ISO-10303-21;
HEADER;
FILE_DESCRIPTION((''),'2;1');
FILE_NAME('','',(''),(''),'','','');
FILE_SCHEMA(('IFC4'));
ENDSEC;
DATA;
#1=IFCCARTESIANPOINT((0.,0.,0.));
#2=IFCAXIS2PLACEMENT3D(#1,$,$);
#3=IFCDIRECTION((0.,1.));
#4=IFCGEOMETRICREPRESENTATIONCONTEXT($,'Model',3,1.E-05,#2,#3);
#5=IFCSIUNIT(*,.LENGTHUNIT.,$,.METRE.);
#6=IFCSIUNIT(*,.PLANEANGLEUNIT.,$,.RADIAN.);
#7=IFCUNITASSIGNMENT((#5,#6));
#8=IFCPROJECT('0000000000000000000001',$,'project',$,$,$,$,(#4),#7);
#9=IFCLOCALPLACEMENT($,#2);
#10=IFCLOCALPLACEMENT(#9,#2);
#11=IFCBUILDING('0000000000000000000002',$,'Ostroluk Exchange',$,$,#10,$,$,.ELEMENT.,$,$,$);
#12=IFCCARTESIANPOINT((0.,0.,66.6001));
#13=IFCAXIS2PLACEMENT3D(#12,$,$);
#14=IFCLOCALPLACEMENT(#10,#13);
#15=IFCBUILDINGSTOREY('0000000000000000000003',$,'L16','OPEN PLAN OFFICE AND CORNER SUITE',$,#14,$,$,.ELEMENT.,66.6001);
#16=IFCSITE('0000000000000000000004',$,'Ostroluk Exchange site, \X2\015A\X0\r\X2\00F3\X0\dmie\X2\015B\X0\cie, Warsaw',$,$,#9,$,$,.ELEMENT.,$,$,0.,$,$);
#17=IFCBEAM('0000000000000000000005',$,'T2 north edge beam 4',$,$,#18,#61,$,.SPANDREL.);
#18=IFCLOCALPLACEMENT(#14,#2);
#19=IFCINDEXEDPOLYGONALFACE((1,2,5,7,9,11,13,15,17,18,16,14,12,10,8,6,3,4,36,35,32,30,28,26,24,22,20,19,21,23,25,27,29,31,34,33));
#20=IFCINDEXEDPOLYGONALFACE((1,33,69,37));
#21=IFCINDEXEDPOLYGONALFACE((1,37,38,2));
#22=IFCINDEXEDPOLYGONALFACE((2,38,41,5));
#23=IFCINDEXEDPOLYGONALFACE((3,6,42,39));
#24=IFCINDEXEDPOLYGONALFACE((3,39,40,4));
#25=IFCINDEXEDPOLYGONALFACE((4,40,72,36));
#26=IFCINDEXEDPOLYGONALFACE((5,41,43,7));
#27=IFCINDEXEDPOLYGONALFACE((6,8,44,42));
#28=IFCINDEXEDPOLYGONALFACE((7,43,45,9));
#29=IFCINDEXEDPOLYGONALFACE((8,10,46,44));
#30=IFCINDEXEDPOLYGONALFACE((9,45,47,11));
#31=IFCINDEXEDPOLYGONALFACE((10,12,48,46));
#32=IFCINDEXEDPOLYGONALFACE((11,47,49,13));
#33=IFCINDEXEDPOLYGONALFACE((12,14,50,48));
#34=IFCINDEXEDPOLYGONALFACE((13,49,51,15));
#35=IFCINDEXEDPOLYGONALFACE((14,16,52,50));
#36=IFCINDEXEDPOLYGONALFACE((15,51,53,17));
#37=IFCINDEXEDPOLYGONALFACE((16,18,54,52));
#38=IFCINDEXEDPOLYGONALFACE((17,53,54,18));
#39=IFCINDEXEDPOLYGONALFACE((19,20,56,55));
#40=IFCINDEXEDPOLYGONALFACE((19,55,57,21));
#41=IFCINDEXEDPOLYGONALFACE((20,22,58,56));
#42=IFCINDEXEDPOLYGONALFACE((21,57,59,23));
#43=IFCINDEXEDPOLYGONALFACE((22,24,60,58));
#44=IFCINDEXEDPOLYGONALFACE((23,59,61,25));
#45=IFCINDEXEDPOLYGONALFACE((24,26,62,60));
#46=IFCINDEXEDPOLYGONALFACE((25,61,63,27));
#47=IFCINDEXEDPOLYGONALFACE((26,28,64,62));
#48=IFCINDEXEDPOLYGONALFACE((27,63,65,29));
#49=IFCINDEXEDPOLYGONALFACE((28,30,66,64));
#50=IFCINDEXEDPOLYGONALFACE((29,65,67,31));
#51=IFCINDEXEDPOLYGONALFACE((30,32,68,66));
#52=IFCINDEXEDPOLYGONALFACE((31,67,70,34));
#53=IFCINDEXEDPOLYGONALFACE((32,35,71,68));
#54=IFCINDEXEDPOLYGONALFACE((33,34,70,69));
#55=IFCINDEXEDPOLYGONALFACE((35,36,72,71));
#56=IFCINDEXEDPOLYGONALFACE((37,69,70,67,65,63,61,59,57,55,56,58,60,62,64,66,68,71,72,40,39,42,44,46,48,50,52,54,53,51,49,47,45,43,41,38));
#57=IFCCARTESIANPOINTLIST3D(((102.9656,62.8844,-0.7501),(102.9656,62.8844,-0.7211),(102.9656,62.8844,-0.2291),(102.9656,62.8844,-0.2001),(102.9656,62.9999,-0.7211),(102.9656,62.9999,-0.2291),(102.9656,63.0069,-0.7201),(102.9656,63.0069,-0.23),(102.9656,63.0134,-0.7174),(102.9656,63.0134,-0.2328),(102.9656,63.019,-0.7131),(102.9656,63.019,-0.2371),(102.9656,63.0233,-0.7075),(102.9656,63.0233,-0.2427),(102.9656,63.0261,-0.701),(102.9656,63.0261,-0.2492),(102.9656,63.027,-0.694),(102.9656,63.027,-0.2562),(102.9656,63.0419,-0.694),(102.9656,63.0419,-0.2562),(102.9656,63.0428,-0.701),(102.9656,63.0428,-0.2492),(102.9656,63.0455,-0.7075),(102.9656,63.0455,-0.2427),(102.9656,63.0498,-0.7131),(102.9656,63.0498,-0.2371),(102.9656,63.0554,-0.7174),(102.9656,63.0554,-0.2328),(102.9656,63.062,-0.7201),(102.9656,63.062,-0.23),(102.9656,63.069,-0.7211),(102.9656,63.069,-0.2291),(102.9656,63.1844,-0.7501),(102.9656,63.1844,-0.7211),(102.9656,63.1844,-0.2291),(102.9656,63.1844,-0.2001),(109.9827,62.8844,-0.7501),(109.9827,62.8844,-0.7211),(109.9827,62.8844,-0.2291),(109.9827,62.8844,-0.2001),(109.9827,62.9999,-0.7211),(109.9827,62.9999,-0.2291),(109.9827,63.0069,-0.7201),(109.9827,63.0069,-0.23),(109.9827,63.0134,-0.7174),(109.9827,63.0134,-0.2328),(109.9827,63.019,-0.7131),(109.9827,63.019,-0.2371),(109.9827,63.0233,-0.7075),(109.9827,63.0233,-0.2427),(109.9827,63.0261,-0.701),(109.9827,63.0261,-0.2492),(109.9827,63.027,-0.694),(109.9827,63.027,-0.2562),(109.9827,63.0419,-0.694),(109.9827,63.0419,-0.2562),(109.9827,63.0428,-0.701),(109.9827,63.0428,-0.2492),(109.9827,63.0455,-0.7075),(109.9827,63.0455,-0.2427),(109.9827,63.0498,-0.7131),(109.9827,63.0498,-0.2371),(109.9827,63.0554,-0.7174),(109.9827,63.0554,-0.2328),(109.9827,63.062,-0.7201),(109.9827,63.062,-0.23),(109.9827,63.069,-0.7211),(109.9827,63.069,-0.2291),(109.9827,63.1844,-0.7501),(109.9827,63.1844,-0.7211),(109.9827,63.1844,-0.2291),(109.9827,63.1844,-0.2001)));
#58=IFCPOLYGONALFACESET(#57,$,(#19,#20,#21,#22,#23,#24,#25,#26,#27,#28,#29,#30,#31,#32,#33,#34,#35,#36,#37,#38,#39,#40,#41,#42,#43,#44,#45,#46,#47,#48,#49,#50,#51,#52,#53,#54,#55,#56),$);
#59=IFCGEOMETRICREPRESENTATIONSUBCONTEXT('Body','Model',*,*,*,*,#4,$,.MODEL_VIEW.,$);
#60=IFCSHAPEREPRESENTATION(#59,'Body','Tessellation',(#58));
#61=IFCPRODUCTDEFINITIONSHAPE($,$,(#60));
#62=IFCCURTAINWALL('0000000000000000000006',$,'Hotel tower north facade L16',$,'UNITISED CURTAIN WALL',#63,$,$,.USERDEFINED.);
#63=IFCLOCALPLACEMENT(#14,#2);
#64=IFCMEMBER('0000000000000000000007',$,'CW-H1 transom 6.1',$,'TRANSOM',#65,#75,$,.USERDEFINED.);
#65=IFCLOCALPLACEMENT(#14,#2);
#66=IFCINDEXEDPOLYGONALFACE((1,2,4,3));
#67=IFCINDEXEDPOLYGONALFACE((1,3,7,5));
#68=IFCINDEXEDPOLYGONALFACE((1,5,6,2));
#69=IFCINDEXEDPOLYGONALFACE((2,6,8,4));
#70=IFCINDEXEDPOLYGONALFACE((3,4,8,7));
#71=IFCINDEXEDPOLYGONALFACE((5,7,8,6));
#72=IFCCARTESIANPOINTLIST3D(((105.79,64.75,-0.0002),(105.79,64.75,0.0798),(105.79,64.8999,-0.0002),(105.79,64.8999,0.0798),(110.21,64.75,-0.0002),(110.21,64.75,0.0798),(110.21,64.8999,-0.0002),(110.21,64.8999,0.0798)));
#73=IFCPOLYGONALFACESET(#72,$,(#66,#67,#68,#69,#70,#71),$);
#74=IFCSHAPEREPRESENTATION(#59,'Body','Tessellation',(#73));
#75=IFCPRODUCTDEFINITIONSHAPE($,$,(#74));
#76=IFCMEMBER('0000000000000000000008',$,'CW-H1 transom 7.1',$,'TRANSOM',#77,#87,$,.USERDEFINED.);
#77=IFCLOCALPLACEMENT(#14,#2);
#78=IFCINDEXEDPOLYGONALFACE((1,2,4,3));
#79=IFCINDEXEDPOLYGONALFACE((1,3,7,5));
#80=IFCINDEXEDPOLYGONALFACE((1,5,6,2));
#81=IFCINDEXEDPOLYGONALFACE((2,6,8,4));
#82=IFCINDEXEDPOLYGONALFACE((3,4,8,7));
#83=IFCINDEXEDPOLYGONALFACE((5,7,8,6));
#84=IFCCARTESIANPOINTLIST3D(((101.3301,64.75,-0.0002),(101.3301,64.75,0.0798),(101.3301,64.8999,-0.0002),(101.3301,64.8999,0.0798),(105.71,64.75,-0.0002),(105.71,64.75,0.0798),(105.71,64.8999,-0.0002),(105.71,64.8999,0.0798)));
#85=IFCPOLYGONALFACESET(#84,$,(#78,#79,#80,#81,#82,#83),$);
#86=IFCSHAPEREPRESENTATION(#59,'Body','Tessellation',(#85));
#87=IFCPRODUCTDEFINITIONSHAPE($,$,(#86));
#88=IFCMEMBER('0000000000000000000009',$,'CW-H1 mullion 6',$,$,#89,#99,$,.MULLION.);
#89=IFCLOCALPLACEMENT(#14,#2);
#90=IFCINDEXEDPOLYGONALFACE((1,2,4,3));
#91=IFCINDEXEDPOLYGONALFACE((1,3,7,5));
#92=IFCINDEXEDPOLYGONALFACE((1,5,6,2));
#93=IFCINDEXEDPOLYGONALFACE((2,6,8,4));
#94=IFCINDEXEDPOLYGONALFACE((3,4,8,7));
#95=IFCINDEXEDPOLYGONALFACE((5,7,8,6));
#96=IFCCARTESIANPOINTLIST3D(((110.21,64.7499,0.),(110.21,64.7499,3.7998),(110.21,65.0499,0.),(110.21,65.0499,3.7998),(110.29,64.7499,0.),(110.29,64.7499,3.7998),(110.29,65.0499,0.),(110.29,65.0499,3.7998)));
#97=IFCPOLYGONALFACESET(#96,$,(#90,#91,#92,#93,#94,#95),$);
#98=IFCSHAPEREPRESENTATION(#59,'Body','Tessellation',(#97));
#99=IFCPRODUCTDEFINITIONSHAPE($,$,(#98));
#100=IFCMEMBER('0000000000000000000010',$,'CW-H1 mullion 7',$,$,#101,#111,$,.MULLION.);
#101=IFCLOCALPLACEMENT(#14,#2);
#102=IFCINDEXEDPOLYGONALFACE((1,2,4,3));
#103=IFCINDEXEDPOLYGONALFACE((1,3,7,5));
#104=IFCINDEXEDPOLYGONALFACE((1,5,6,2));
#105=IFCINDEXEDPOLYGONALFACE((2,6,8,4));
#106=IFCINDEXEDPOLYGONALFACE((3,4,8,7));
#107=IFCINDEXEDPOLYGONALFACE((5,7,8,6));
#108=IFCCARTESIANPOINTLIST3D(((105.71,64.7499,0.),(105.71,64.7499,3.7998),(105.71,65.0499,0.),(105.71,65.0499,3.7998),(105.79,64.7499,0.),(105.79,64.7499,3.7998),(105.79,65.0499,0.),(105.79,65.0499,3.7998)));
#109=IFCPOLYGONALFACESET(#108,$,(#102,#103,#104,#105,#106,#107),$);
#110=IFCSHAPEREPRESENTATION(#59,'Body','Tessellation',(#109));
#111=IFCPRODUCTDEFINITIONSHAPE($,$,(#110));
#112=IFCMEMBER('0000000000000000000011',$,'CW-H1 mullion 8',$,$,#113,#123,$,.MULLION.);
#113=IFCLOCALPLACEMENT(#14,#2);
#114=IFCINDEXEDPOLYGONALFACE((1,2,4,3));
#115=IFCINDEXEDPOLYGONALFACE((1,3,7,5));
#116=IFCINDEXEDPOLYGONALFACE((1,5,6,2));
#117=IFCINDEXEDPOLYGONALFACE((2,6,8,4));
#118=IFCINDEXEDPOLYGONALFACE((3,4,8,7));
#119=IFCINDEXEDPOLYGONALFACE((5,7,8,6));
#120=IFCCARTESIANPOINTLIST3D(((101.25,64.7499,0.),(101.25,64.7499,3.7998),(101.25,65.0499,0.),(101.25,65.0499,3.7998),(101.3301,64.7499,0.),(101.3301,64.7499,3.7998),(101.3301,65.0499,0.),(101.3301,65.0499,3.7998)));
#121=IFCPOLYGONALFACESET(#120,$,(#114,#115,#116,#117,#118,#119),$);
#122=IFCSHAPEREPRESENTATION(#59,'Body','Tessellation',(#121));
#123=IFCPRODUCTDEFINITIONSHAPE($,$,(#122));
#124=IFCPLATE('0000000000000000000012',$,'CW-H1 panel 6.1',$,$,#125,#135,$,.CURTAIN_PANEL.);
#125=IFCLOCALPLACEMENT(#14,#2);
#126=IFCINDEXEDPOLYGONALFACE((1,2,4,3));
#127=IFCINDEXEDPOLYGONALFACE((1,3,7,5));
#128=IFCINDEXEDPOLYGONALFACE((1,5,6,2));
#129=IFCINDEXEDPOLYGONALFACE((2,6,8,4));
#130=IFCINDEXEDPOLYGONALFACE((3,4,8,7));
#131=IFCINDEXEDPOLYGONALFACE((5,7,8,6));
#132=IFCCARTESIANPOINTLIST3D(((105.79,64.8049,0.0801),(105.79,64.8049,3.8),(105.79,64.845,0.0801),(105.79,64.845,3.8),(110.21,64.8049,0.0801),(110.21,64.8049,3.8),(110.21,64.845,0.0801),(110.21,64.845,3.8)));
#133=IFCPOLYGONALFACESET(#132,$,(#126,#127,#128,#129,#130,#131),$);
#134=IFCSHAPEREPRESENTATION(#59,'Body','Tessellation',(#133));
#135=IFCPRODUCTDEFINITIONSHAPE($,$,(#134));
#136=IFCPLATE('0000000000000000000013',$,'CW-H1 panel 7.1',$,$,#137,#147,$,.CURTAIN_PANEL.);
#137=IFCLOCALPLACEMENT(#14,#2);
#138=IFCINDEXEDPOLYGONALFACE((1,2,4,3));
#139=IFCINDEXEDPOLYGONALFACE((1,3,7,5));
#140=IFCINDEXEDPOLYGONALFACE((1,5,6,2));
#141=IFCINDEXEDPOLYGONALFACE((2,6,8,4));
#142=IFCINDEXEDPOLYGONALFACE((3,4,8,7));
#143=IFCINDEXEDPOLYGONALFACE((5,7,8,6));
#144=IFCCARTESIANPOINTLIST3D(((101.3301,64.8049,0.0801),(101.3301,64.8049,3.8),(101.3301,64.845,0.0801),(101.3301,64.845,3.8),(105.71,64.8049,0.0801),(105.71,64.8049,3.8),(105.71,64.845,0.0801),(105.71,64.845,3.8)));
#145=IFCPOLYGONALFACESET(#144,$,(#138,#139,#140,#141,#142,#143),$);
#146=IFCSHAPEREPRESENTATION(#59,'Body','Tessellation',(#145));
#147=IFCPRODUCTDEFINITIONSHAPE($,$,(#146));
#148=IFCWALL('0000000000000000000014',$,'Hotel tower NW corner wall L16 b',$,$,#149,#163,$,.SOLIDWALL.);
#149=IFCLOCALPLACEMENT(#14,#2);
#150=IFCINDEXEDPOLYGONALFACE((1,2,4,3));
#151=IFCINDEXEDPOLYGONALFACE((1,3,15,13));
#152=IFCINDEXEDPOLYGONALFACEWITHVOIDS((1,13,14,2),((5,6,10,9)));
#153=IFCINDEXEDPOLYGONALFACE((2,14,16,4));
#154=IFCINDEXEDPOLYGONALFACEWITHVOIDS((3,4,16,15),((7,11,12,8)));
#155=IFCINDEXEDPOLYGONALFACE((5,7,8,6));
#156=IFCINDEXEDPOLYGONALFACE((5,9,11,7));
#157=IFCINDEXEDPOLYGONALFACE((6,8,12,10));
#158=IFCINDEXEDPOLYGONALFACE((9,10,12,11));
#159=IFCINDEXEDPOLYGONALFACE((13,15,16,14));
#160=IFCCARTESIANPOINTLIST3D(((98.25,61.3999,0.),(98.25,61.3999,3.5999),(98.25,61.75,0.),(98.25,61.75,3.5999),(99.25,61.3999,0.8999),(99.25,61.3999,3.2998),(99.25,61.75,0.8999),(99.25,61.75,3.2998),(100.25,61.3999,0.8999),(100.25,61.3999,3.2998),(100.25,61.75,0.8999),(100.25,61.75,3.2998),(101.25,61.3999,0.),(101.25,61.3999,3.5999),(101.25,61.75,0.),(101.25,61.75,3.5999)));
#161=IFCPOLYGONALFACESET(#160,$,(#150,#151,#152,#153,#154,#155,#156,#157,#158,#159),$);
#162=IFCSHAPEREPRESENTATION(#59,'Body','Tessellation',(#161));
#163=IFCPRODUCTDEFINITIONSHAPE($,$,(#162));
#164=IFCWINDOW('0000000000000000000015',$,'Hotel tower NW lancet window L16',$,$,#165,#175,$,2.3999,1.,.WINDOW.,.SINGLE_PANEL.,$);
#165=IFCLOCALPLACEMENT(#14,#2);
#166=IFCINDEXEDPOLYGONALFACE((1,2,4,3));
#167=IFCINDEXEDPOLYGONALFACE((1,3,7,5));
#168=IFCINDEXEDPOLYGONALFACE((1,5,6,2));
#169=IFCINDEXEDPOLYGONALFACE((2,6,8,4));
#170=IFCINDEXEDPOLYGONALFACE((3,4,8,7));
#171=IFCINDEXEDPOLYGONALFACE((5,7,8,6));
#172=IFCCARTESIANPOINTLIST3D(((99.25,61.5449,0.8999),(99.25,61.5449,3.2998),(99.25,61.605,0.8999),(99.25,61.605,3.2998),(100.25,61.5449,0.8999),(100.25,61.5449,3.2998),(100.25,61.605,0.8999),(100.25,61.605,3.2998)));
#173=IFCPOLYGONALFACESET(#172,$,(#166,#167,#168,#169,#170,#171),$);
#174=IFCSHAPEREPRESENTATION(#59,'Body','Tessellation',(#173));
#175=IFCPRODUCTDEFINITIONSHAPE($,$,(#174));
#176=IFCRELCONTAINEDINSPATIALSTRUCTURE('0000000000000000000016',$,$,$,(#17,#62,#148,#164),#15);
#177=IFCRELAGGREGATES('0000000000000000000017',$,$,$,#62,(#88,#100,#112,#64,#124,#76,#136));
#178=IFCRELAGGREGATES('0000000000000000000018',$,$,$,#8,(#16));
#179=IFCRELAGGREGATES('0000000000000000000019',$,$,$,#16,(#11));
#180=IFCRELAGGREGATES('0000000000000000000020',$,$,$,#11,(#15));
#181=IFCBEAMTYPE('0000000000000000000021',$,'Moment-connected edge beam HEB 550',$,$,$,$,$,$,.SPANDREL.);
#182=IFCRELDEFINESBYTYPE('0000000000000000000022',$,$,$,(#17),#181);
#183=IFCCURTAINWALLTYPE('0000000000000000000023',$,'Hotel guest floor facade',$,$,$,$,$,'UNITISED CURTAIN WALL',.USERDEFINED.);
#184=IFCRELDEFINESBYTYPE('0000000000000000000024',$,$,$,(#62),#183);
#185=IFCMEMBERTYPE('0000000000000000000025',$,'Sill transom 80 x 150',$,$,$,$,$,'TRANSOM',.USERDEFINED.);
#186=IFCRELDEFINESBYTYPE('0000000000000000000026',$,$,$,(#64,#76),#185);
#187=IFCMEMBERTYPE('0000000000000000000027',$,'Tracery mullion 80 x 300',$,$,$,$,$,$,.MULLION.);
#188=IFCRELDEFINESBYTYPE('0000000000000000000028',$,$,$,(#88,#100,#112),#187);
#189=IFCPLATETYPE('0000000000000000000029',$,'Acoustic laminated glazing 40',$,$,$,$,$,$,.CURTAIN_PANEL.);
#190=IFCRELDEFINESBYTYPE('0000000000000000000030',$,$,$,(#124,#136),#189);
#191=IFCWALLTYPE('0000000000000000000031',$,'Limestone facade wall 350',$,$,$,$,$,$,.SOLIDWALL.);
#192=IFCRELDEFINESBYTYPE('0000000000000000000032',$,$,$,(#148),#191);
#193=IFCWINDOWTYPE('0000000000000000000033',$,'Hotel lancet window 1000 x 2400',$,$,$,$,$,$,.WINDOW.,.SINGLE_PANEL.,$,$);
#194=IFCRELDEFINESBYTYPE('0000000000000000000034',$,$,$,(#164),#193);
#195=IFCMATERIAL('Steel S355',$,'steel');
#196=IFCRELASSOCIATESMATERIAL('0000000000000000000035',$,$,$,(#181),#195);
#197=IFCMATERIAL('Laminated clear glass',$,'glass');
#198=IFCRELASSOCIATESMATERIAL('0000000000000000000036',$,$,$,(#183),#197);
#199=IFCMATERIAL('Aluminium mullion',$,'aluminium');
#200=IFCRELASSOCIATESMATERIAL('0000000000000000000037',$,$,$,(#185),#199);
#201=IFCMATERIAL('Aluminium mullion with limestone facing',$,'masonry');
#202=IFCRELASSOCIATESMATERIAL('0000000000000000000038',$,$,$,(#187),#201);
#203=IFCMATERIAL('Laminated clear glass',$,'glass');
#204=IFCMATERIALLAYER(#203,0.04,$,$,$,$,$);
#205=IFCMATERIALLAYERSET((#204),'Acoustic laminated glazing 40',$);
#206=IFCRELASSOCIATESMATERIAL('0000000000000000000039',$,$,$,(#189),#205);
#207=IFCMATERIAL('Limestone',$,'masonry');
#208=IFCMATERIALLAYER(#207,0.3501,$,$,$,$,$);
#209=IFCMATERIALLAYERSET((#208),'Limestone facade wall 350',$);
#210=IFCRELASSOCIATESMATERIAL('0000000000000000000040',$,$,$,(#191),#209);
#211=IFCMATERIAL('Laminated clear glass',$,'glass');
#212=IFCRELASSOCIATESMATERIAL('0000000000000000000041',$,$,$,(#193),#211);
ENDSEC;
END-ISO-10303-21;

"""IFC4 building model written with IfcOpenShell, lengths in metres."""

from ifc_helpers import new_model, si_unit, direction, frame, frame_2d, origin, origin_2d, place, context, subcontext, project, spatial, rectangle, i_section, extrude, material, layer, layer_set, material_profile, profile_set, type_object, element, fill, aggregate, save


model = new_model("IFC4")

# Units and contexts
model_context = context("Model", 3, precision=1e-05, world=origin(), true_north=direction((0.0, 1.0)))
body_context = subcontext(model_context, "Body", "Model", "MODEL_VIEW")
ifc_project = project(units=[si_unit("LENGTHUNIT", "METRE"), si_unit("PLANEANGLEUNIT", "RADIAN")], contexts=[model_context])

# Site, building, storey
site_placement = place(None, origin())
site = spatial("IfcSite", under=ifc_project, at=site_placement, Name="Ostroluk Exchange site, Śródmieście, Warsaw", CompositionType="ELEMENT", RefElevation=0.0)
building_placement = place(site_placement, origin())
building = spatial("IfcBuilding", under=site, at=building_placement, Name="Ostroluk Exchange", CompositionType="ELEMENT")
storey_placement = place(building_placement, frame((0.0, 0.0, 66.6001)))
storey = spatial("IfcBuildingStorey", under=building, at=storey_placement, Name="L16", Description="OPEN PLAN OFFICE AND CORNER SUITE", CompositionType="ELEMENT", Elevation=66.6001)

# Beam
ifc_material_1 = material(Name="Steel S355", Category="steel")
ifc_material_profile_1 = material_profile(ifc_material_1, i_section(OverallWidth=0.3, OverallDepth=0.55, WebThickness=0.0149, FlangeThickness=0.0291, FilletRadius=0.0271, at=origin_2d()), Name="HEB 550")
ifc_profile_set_1 = profile_set([ifc_material_profile_1], Name="Steel S355")
beam_type_1 = type_object("IfcBeamType", Name="Moment-connected edge beam HEB 550", PredefinedType="SPANDREL", material=ifc_profile_set_1)
beam_1_placement = place(storey_placement, frame((109.9827, 63.0344, -0.4751), z_axis=(-1.0, 0.0, 0.0), x_axis=(0.0, -1.0, 0.0)))
element("IfcBeam", 1, at=beam_1_placement, inside=storey, type_object=beam_type_1, Name="T2 north edge beam 4", PredefinedType="SPANDREL", context=body_context, shape_type="SweptSolid", body=[
    extrude(i_section(OverallWidth=0.3, OverallDepth=0.55, WebThickness=0.0149, FlangeThickness=0.0291, FilletRadius=0.0271, at=origin_2d()), origin(), (0.0, 0.0, 1.0), 7.0171),
])

# Curtain wall, members, plates
ifc_material_2 = material(Name="Laminated clear glass", Category="glass")
curtain_wall_type = type_object("IfcCurtainWallType", Name="Hotel guest floor facade", ElementType="UNITISED CURTAIN WALL", PredefinedType="USERDEFINED", material=ifc_material_2)
curtain_wall_placement = place(storey_placement, origin())
curtain_wall = element("IfcCurtainWall", 2, at=curtain_wall_placement, inside=storey, type_object=curtain_wall_type, Name="Hotel tower north facade L16", ObjectType="UNITISED CURTAIN WALL", PredefinedType="USERDEFINED")
ifc_material_3 = material(Name="Aluminium mullion", Category="aluminium")
ifc_material_profile_2 = material_profile(ifc_material_3, rectangle(XDim=0.1499, YDim=0.0801, at=origin_2d()), Name="Sill transom 80 x 150")
ifc_profile_set_2 = profile_set([ifc_material_profile_2], Name="Aluminium mullion")
member_type_1 = type_object("IfcMemberType", Name="Sill transom 80 x 150", ElementType="TRANSOM", PredefinedType="USERDEFINED", material=ifc_profile_set_2)
member_1_placement = place(storey_placement, frame((110.21, 64.825, 0.0398), z_axis=(-1.0, 0.0, 0.0), x_axis=(0.0, -1.0, 0.0)))
member_1 = element("IfcMember", 3, at=member_1_placement, type_object=member_type_1, Name="CW-H1 transom 6.1", ObjectType="TRANSOM", PredefinedType="USERDEFINED", context=body_context, shape_type="SweptSolid", body=[
    extrude(rectangle(XDim=0.1499, YDim=0.0801, at=origin_2d()), origin(), (0.0, 0.0, 1.0), 4.4199),
])
member_2_placement = place(storey_placement, frame((105.71, 64.825, 0.0398), z_axis=(-1.0, 0.0, 0.0), x_axis=(0.0, -1.0, 0.0)))
member_2 = element("IfcMember", 4, at=member_2_placement, type_object=member_type_1, Name="CW-H1 transom 7.1", ObjectType="TRANSOM", PredefinedType="USERDEFINED", context=body_context, shape_type="SweptSolid", body=[
    extrude(rectangle(XDim=0.1499, YDim=0.0801, at=origin_2d()), origin(), (0.0, 0.0, 1.0), 4.3799),
])
ifc_material_4 = material(Name="Aluminium mullion with limestone facing", Category="masonry")
ifc_material_profile_3 = material_profile(ifc_material_4, rectangle(XDim=0.3, YDim=0.0801, at=origin_2d()), Name="Tracery mullion 80 x 300")
ifc_profile_set_3 = profile_set([ifc_material_profile_3], Name="Aluminium mullion with limestone facing")
member_type_2 = type_object("IfcMemberType", Name="Tracery mullion 80 x 300", PredefinedType="MULLION", material=ifc_profile_set_3)
member_3_placement = place(storey_placement, frame((110.25, 64.8999, 0.0), z_axis=(0.0, 0.0, 1.0), x_axis=(0.0, -1.0, 0.0)))
member_3 = element("IfcMember", 5, at=member_3_placement, type_object=member_type_2, Name="CW-H1 mullion 6", PredefinedType="MULLION", context=body_context, shape_type="SweptSolid", body=[
    extrude(rectangle(XDim=0.3, YDim=0.0801, at=origin_2d()), origin(), (0.0, 0.0, 1.0), 3.7998),
])
member_4_placement = place(storey_placement, frame((105.75, 64.8999, 0.0), z_axis=(0.0, 0.0, 1.0), x_axis=(0.0, -1.0, 0.0)))
member_4 = element("IfcMember", 6, at=member_4_placement, type_object=member_type_2, Name="CW-H1 mullion 7", PredefinedType="MULLION", context=body_context, shape_type="SweptSolid", body=[
    extrude(rectangle(XDim=0.3, YDim=0.0801, at=origin_2d()), origin(), (0.0, 0.0, 1.0), 3.7998),
])
member_5_placement = place(storey_placement, frame((101.29, 64.8999, 0.0), z_axis=(0.0, 0.0, 1.0), x_axis=(0.0, -1.0, 0.0)))
member_5 = element("IfcMember", 7, at=member_5_placement, type_object=member_type_2, Name="CW-H1 mullion 8", PredefinedType="MULLION", context=body_context, shape_type="SweptSolid", body=[
    extrude(rectangle(XDim=0.3, YDim=0.0801, at=origin_2d()), origin(), (0.0, 0.0, 1.0), 3.7998),
])
ifc_material_5 = material(Name="Laminated clear glass", Category="glass")
ifc_layer_1 = layer(ifc_material_5, 0.04)
ifc_layer_set_1 = layer_set([ifc_layer_1], Name="Acoustic laminated glazing 40")
plate_type = type_object("IfcPlateType", Name="Acoustic laminated glazing 40", PredefinedType="CURTAIN_PANEL", material=ifc_layer_set_1)
plate_1_placement = place(storey_placement, frame((108.0, 64.825, 0.0801), z_axis=(0.0, 0.0, 1.0), x_axis=(-1.0, 0.0, 0.0)))
plate_1 = element("IfcPlate", 8, at=plate_1_placement, type_object=plate_type, Name="CW-H1 panel 6.1", PredefinedType="CURTAIN_PANEL", context=body_context, shape_type="SweptSolid", body=[
    extrude(rectangle(XDim=4.4199, YDim=0.04, at=origin_2d()), origin(), (0.0, 0.0, 1.0), 3.72),
])
plate_2_placement = place(storey_placement, frame((103.52, 64.825, 0.0801), z_axis=(0.0, 0.0, 1.0), x_axis=(-1.0, 0.0, 0.0)))
plate_2 = element("IfcPlate", 9, at=plate_2_placement, type_object=plate_type, Name="CW-H1 panel 7.1", PredefinedType="CURTAIN_PANEL", context=body_context, shape_type="SweptSolid", body=[
    extrude(rectangle(XDim=4.3799, YDim=0.04, at=origin_2d()), origin(), (0.0, 0.0, 1.0), 3.72),
])
aggregate(curtain_wall, [member_3, member_4, member_5, member_1, plate_1, member_2, plate_2])

# Shared definitions
ifc_material_6 = material(Name="Limestone", Category="masonry")
ifc_layer_2 = layer(ifc_material_6, 0.3501)
ifc_layer_set_2 = layer_set([ifc_layer_2], Name="Limestone facade wall 350")
wall_type_1 = type_object("IfcWallType", Name="Limestone facade wall 350", PredefinedType="SOLIDWALL", material=ifc_layer_set_2)

# Wall, opening, window
wall_1_placement = place(storey_placement, frame((101.25, 61.575, 0.0), z_axis=(0.0, 0.0, 1.0), x_axis=(-1.0, 0.0, 0.0)))
wall_1 = element("IfcWall", 10, at=wall_1_placement, inside=storey, type_object=wall_type_1, Name="Hotel tower NW corner wall L16 b", PredefinedType="SOLIDWALL", context=body_context, shape_type="SweptSolid", body=[
    extrude(rectangle(XDim=3.0, YDim=0.3501, at=frame_2d((1.5, 0.0))), origin(), (0.0, 0.0, 1.0), 3.5999),
])
opening_1_placement = place(wall_1_placement, frame((1.0, 0.0, 0.8999)))
opening_1 = element("IfcOpeningElement", 11, at=opening_1_placement, cuts=wall_1, PredefinedType="OPENING", context=body_context, shape_type="SweptSolid", body=[
    extrude(rectangle(XDim=1.0, YDim=2.3999, at=frame_2d((0.5, 1.2))), frame((0.0, 0.1851, 0.0), z_axis=(0.0, -1.0, 0.0), x_axis=(1.0, 0.0, 0.0)), (0.0, 0.0, 1.0), 0.3701),
])
ifc_material_7 = material(Name="Laminated clear glass", Category="glass")
window_type = type_object("IfcWindowType", Name="Hotel lancet window 1000 x 2400", PartitioningType="SINGLE_PANEL", PredefinedType="WINDOW", material=ifc_material_7)
window_placement = place(opening_1_placement, origin())
window = element("IfcWindow", 12, at=window_placement, inside=storey, type_object=window_type, Name="Hotel tower NW lancet window L16", OverallHeight=2.3999, OverallWidth=1.0, PartitioningType="SINGLE_PANEL", PredefinedType="WINDOW", context=body_context, shape_type="SweptSolid", body=[
    extrude(rectangle(XDim=1.0, YDim=2.3999, at=frame_2d((0.5, 1.2))), frame((0.0, 0.03, 0.0), z_axis=(0.0, -1.0, 0.0), x_axis=(1.0, 0.0, 0.0)), (0.0, 0.0, 1.0), 0.0601),
])
fill(opening_1, window)

save(model, "model.ifc")
